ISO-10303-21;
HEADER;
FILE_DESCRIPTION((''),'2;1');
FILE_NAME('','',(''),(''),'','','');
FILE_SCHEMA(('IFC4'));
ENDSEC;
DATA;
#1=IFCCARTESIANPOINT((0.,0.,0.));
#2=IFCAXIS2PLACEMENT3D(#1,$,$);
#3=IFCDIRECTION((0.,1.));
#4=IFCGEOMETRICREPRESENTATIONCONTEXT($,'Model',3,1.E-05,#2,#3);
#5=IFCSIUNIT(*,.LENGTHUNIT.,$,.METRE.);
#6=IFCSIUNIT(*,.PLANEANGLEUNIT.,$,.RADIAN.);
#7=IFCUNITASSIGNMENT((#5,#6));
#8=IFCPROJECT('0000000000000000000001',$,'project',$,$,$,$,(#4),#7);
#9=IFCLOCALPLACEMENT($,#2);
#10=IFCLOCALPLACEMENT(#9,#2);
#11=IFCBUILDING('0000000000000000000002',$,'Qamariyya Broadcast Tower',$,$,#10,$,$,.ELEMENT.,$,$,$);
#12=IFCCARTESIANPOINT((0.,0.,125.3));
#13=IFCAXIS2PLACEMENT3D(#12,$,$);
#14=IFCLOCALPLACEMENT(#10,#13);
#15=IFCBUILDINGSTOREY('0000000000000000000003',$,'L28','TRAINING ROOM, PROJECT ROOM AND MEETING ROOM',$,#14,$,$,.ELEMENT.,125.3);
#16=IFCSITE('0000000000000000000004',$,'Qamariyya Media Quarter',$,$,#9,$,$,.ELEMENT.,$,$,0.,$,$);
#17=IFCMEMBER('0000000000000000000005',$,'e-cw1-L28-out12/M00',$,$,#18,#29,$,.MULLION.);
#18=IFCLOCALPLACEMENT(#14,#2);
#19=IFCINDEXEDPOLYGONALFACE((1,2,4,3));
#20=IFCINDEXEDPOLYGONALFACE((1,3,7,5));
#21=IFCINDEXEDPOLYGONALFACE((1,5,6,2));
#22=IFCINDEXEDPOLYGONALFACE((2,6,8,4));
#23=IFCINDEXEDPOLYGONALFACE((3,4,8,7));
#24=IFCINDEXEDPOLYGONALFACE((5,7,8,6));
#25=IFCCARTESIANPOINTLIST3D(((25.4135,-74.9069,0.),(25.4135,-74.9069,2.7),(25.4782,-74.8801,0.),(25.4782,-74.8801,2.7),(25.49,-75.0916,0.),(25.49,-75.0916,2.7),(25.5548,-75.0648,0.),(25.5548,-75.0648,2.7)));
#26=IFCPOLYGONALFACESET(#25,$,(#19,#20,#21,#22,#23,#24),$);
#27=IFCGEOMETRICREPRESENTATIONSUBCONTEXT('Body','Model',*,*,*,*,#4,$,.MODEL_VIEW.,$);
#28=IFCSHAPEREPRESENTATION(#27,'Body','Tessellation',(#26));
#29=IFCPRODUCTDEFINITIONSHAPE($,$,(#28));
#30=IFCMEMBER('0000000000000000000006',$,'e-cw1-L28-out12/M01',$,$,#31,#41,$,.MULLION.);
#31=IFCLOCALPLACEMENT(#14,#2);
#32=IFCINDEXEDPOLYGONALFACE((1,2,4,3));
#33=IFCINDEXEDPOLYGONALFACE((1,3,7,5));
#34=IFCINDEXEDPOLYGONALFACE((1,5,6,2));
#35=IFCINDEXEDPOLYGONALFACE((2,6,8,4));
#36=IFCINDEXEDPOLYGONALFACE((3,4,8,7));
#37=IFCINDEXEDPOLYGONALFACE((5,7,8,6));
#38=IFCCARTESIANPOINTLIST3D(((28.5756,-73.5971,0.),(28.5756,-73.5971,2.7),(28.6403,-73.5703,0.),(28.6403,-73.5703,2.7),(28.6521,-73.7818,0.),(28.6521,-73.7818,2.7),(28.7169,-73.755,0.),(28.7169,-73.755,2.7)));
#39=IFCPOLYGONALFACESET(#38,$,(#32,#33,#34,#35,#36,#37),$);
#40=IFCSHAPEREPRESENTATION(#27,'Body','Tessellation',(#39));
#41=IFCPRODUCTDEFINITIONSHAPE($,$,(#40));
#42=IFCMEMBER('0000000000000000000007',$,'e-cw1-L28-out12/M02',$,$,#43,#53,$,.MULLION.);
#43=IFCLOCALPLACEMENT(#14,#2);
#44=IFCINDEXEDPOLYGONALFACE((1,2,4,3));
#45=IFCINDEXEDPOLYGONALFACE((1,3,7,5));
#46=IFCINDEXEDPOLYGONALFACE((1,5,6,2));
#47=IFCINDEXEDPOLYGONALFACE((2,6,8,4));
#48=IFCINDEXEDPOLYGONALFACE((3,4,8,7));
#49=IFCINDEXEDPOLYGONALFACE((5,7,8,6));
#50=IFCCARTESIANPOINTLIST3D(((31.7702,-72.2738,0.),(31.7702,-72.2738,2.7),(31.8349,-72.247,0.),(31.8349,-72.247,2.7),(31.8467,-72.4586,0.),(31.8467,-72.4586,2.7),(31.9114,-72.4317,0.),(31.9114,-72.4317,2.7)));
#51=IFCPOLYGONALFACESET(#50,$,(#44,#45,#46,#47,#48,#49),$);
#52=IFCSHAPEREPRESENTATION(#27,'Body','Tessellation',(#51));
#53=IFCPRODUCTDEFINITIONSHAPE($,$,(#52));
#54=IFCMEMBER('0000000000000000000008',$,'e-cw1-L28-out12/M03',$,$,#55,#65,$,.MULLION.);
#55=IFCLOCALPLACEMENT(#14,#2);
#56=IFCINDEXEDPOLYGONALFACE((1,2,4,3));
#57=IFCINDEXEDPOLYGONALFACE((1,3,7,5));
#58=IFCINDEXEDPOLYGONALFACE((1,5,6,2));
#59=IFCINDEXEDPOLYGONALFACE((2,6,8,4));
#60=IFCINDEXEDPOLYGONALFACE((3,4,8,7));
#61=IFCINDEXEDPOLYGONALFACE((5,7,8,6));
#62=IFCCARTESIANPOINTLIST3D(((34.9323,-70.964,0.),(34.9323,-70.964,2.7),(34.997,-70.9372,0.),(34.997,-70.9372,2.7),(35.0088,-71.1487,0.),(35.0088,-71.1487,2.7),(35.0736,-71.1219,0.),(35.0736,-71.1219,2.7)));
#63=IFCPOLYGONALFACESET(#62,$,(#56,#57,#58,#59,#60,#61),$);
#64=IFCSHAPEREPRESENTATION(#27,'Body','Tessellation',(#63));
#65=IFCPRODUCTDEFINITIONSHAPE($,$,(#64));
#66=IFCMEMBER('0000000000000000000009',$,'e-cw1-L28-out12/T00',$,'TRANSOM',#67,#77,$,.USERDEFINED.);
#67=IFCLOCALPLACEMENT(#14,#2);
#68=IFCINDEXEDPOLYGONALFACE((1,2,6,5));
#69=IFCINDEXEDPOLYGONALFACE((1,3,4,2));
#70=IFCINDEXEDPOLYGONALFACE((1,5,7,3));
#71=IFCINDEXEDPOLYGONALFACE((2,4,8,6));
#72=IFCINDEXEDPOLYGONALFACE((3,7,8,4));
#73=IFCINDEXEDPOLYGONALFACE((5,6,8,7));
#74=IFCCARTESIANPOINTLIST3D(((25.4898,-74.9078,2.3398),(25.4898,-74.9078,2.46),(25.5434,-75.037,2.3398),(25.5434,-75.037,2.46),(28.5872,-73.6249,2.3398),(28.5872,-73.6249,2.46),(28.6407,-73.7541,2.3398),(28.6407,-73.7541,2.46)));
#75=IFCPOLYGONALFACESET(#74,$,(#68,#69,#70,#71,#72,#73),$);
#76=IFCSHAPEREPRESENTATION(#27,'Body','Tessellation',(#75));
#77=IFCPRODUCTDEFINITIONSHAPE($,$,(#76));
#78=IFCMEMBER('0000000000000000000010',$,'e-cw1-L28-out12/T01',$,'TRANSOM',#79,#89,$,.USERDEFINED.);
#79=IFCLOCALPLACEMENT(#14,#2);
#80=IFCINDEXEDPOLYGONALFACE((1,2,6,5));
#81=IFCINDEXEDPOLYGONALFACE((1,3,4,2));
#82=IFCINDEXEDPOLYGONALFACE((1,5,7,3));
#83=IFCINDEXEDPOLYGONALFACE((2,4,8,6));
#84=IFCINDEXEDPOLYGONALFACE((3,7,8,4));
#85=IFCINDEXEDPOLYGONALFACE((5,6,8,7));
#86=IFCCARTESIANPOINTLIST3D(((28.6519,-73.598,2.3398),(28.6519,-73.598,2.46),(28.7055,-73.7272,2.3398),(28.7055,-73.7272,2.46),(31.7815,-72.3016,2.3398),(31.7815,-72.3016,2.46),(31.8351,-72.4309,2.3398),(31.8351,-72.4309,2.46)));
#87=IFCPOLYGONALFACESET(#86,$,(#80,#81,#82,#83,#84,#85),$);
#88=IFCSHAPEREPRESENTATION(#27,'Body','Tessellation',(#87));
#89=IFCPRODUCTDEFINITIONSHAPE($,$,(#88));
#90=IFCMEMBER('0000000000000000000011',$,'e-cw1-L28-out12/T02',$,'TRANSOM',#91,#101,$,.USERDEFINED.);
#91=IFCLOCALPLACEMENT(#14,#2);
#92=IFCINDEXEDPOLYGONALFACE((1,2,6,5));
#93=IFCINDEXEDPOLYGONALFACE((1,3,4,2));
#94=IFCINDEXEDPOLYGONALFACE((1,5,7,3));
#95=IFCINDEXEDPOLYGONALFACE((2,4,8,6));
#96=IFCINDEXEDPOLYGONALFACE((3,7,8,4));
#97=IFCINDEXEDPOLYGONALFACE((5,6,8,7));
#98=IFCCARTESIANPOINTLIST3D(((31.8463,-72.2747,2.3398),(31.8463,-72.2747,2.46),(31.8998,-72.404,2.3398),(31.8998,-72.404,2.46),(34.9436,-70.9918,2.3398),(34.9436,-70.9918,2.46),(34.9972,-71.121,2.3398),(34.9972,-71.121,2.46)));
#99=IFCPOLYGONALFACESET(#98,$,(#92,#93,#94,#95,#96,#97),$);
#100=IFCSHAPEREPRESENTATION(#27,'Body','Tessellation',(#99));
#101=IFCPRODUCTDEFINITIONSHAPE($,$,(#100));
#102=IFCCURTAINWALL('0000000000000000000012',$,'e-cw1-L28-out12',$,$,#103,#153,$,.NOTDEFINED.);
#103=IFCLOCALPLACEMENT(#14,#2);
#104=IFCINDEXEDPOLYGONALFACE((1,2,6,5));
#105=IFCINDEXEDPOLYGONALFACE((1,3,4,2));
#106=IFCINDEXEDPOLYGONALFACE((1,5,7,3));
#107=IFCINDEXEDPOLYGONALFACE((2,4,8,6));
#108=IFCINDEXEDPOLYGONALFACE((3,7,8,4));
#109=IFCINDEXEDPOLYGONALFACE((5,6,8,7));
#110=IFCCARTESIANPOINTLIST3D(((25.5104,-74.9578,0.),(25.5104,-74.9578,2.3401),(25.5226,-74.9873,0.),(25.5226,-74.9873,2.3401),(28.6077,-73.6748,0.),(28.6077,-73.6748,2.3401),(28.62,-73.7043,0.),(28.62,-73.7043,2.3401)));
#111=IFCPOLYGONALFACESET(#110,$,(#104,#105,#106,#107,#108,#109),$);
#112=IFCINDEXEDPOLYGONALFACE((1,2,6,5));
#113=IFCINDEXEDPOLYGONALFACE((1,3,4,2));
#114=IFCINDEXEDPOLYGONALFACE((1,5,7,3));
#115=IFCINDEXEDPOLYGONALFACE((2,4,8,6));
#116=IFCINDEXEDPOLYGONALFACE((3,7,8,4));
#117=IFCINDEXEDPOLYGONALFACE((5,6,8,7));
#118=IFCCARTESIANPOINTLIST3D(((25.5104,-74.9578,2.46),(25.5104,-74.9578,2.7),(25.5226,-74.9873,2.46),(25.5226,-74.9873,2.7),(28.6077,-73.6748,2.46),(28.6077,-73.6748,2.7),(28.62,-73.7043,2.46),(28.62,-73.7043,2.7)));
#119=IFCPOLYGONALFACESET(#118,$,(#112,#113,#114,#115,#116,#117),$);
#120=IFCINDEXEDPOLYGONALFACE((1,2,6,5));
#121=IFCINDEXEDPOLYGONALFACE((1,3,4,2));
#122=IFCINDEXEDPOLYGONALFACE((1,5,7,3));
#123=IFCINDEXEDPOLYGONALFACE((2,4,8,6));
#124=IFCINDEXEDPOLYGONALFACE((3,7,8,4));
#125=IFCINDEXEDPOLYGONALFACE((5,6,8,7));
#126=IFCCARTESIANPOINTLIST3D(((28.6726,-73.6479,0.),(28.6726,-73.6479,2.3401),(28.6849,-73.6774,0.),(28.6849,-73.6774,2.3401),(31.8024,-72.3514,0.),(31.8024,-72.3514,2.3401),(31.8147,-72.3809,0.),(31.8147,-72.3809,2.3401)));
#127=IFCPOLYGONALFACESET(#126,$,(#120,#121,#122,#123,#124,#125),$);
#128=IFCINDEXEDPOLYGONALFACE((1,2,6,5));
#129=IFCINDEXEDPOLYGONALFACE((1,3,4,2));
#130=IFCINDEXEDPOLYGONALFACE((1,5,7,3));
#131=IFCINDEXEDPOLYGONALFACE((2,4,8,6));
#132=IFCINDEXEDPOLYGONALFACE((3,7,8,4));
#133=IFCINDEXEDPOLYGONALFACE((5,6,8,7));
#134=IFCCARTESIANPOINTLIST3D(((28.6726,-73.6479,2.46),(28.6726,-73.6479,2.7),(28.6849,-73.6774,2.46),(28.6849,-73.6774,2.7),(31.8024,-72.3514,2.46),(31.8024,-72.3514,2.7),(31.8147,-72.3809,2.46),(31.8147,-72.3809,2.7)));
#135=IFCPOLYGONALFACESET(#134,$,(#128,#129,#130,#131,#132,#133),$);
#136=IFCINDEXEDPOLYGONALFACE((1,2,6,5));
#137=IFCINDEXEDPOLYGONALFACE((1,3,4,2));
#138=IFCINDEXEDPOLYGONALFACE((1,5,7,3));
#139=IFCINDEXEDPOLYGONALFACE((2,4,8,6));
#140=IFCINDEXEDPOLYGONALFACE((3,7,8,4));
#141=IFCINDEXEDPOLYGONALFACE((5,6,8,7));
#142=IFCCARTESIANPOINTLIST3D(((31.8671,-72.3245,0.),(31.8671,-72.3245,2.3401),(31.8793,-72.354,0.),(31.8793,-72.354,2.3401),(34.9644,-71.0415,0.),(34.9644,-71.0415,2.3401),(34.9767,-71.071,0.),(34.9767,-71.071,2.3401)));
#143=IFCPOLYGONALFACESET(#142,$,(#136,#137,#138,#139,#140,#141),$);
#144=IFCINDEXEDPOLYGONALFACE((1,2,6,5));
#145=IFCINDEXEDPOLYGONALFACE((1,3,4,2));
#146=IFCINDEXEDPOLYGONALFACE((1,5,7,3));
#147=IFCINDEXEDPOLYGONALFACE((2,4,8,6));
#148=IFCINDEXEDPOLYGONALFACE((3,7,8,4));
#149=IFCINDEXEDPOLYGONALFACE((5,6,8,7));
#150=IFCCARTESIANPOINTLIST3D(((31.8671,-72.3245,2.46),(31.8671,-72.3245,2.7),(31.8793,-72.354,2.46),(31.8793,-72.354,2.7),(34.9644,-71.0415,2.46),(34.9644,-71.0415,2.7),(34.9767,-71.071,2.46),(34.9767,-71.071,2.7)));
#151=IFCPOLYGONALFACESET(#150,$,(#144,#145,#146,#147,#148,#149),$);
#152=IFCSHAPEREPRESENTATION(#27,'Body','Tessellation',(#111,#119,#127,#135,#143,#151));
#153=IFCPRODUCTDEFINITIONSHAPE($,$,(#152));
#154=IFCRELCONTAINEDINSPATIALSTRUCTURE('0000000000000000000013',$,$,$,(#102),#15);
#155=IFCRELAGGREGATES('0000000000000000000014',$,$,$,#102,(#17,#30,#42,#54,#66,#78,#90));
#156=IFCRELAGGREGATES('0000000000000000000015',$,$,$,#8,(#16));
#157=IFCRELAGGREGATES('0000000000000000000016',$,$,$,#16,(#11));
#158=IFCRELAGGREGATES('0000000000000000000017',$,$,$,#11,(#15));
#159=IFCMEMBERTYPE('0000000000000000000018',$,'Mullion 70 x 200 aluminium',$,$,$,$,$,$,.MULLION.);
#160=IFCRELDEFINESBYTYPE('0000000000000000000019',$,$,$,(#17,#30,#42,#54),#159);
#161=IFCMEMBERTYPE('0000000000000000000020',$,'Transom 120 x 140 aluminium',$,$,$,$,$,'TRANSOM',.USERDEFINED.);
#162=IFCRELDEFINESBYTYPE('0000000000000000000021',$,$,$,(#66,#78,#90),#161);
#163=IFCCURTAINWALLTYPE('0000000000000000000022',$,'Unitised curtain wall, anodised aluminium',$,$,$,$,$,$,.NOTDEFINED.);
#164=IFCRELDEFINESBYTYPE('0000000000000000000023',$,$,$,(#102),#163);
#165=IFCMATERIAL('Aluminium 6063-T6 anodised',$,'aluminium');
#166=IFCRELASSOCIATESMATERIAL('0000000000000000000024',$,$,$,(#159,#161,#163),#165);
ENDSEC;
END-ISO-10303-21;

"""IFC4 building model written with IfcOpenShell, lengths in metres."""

from ifc_helpers import new_model, si_unit, direction, frame, origin, origin_2d, place, context, subcontext, project, spatial, rectangle, extrude, material, material_profile, profile_set, type_object, element, aggregate, save


model = new_model("IFC4")

# Units and contexts
model_context = context("Model", 3, precision=1e-05, world=origin(), true_north=direction((0.0, 1.0)))
body_context = subcontext(model_context, "Body", "Model", "MODEL_VIEW")
ifc_project = project(units=[si_unit("LENGTHUNIT", "METRE"), si_unit("PLANEANGLEUNIT", "RADIAN")], contexts=[model_context])

# Members
ifc_material = material(Name="Aluminium 6063-T6 anodised", Category="aluminium")
ifc_material_profile_1 = material_profile(ifc_material, rectangle(XDim=0.2, YDim=0.0701, at=origin_2d()))
ifc_profile_set_1 = profile_set([ifc_material_profile_1], Name="Aluminium 6063-T6 anodised")
member_type_1 = type_object("IfcMemberType", Name="Mullion 70 x 200 aluminium", PredefinedType="MULLION", material=ifc_profile_set_1)
site_placement = place(None, origin())
building_placement = place(site_placement, origin())
storey_placement = place(building_placement, frame((0.0, 0.0, 125.3)))
member_1_placement = place(storey_placement, frame((25.4841, -74.9858, 0.0), z_axis=(0.0, 0.0, 1.0), x_axis=(-0.382683, 0.92388, 0.0)))
member_1 = element("IfcMember", 1, at=member_1_placement, type_object=member_type_1, Name="e-cw1-L28-out12/M00", PredefinedType="MULLION", context=body_context, shape_type="SweptSolid", body=[
    extrude(rectangle(XDim=0.2, YDim=0.0701, at=origin_2d()), origin(), (0.0, 0.0, 1.0), 2.7),
])
member_2_placement = place(storey_placement, frame((28.6462, -73.676, 0.0), z_axis=(0.0, 0.0, 1.0), x_axis=(-0.382683, 0.92388, 0.0)))
member_2 = element("IfcMember", 2, at=member_2_placement, type_object=member_type_1, Name="e-cw1-L28-out12/M01", PredefinedType="MULLION", context=body_context, shape_type="SweptSolid", body=[
    extrude(rectangle(XDim=0.2, YDim=0.0701, at=origin_2d()), origin(), (0.0, 0.0, 1.0), 2.7),
])
member_3_placement = place(storey_placement, frame((31.8408, -72.3528, 0.0), z_axis=(0.0, 0.0, 1.0), x_axis=(-0.382683, 0.92388, 0.0)))
member_3 = element("IfcMember", 3, at=member_3_placement, type_object=member_type_1, Name="e-cw1-L28-out12/M02", PredefinedType="MULLION", context=body_context, shape_type="SweptSolid", body=[
    extrude(rectangle(XDim=0.2, YDim=0.0701, at=origin_2d()), origin(), (0.0, 0.0, 1.0), 2.7),
])
member_4_placement = place(storey_placement, frame((35.0029, -71.043, 0.0), z_axis=(0.0, 0.0, 1.0), x_axis=(-0.382683, 0.92388, 0.0)))
member_4 = element("IfcMember", 4, at=member_4_placement, type_object=member_type_1, Name="e-cw1-L28-out12/M03", PredefinedType="MULLION", context=body_context, shape_type="SweptSolid", body=[
    extrude(rectangle(XDim=0.2, YDim=0.0701, at=origin_2d()), origin(), (0.0, 0.0, 1.0), 2.7),
])
ifc_material_profile_2 = material_profile(ifc_material, rectangle(XDim=0.1399, YDim=0.1201, at=origin_2d()))
ifc_profile_set_2 = profile_set([ifc_material_profile_2], Name="Aluminium 6063-T6 anodised")
member_type_2 = type_object("IfcMemberType", Name="Transom 120 x 140 aluminium", ElementType="TRANSOM", PredefinedType="USERDEFINED", material=ifc_profile_set_2)
member_5_placement = place(storey_placement, frame((25.5166, -74.9724, 2.3999), z_axis=(0.923883, 0.382676, 0.0), x_axis=(-0.382676, 0.923883, 0.0)))
member_5 = element("IfcMember", 5, at=member_5_placement, type_object=member_type_2, Name="e-cw1-L28-out12/T00", ObjectType="TRANSOM", PredefinedType="USERDEFINED", context=body_context, shape_type="SweptSolid", body=[
    extrude(rectangle(XDim=0.1399, YDim=0.1201, at=origin_2d()), origin(), (0.0, 0.0, 1.0), 3.3525),
])
member_6_placement = place(storey_placement, frame((28.6787, -73.6626, 2.3999), z_axis=(0.923875, 0.382696, 0.0), x_axis=(-0.382696, 0.923875, 0.0)))
member_6 = element("IfcMember", 6, at=member_6_placement, type_object=member_type_2, Name="e-cw1-L28-out12/T01", ObjectType="TRANSOM", PredefinedType="USERDEFINED", context=body_context, shape_type="SweptSolid", body=[
    extrude(rectangle(XDim=0.1399, YDim=0.1201, at=origin_2d()), origin(), (0.0, 0.0, 1.0), 3.3875),
])
member_7_placement = place(storey_placement, frame((31.873, -72.3394, 2.3999), z_axis=(0.923883, 0.382676, 0.0), x_axis=(-0.382676, 0.923883, 0.0)))
member_7 = element("IfcMember", 7, at=member_7_placement, type_object=member_type_2, Name="e-cw1-L28-out12/T02", ObjectType="TRANSOM", PredefinedType="USERDEFINED", context=body_context, shape_type="SweptSolid", body=[
    extrude(rectangle(XDim=0.1399, YDim=0.1201, at=origin_2d()), origin(), (0.0, 0.0, 1.0), 3.3525),
])

# Site, building, storey
site = spatial("IfcSite", under=ifc_project, at=site_placement, Name="Qamariyya Media Quarter", CompositionType="ELEMENT", RefElevation=0.0)
building = spatial("IfcBuilding", under=site, at=building_placement, Name="Qamariyya Broadcast Tower", CompositionType="ELEMENT")
storey = spatial("IfcBuildingStorey", under=building, at=storey_placement, Name="L28", Description="TRAINING ROOM, PROJECT ROOM AND MEETING ROOM", CompositionType="ELEMENT", Elevation=125.3)

# Curtain wall
curtain_wall_type = type_object("IfcCurtainWallType", Name="Unitised curtain wall, anodised aluminium", PredefinedType="NOTDEFINED", material=ifc_material)
curtain_wall_1_placement = place(storey_placement, origin())
curtain_wall_1 = element("IfcCurtainWall", 8, at=curtain_wall_1_placement, inside=storey, type_object=curtain_wall_type, Name="e-cw1-L28-out12", PredefinedType="NOTDEFINED", context=body_context, shape_type="SweptSolid", body=[
    extrude(rectangle(XDim=3.3525, YDim=0.032, at=origin_2d()), frame((27.0652, -74.3311, 0.0), x_axis=(0.923872, 0.382701, 0.0)), (0.0, 0.0, 1.0), 2.3401),
    extrude(rectangle(XDim=3.3525, YDim=0.032, at=origin_2d()), frame((27.0652, -74.3311, 2.46), x_axis=(0.923872, 0.382701, 0.0)), (0.0, 0.0, 1.0), 0.24),
    extrude(rectangle(XDim=3.3877, YDim=0.032, at=origin_2d()), frame((30.2437, -73.0144, 0.0), x_axis=(0.923872, 0.382701, 0.0)), (0.0, 0.0, 1.0), 2.3401),
    extrude(rectangle(XDim=3.3877, YDim=0.032, at=origin_2d()), frame((30.2437, -73.0144, 2.46), x_axis=(0.923872, 0.382701, 0.0)), (0.0, 0.0, 1.0), 0.24),
    extrude(rectangle(XDim=3.3525, YDim=0.032, at=origin_2d()), frame((33.4219, -71.6978, 0.0), x_axis=(0.923872, 0.382701, 0.0)), (0.0, 0.0, 1.0), 2.3401),
    extrude(rectangle(XDim=3.3525, YDim=0.032, at=origin_2d()), frame((33.4219, -71.6978, 2.46), x_axis=(0.923872, 0.382701, 0.0)), (0.0, 0.0, 1.0), 0.24),
])
aggregate(curtain_wall_1, [member_1, member_2, member_3, member_4, member_5, member_6, member_7])

save(model, "model.ifc")
